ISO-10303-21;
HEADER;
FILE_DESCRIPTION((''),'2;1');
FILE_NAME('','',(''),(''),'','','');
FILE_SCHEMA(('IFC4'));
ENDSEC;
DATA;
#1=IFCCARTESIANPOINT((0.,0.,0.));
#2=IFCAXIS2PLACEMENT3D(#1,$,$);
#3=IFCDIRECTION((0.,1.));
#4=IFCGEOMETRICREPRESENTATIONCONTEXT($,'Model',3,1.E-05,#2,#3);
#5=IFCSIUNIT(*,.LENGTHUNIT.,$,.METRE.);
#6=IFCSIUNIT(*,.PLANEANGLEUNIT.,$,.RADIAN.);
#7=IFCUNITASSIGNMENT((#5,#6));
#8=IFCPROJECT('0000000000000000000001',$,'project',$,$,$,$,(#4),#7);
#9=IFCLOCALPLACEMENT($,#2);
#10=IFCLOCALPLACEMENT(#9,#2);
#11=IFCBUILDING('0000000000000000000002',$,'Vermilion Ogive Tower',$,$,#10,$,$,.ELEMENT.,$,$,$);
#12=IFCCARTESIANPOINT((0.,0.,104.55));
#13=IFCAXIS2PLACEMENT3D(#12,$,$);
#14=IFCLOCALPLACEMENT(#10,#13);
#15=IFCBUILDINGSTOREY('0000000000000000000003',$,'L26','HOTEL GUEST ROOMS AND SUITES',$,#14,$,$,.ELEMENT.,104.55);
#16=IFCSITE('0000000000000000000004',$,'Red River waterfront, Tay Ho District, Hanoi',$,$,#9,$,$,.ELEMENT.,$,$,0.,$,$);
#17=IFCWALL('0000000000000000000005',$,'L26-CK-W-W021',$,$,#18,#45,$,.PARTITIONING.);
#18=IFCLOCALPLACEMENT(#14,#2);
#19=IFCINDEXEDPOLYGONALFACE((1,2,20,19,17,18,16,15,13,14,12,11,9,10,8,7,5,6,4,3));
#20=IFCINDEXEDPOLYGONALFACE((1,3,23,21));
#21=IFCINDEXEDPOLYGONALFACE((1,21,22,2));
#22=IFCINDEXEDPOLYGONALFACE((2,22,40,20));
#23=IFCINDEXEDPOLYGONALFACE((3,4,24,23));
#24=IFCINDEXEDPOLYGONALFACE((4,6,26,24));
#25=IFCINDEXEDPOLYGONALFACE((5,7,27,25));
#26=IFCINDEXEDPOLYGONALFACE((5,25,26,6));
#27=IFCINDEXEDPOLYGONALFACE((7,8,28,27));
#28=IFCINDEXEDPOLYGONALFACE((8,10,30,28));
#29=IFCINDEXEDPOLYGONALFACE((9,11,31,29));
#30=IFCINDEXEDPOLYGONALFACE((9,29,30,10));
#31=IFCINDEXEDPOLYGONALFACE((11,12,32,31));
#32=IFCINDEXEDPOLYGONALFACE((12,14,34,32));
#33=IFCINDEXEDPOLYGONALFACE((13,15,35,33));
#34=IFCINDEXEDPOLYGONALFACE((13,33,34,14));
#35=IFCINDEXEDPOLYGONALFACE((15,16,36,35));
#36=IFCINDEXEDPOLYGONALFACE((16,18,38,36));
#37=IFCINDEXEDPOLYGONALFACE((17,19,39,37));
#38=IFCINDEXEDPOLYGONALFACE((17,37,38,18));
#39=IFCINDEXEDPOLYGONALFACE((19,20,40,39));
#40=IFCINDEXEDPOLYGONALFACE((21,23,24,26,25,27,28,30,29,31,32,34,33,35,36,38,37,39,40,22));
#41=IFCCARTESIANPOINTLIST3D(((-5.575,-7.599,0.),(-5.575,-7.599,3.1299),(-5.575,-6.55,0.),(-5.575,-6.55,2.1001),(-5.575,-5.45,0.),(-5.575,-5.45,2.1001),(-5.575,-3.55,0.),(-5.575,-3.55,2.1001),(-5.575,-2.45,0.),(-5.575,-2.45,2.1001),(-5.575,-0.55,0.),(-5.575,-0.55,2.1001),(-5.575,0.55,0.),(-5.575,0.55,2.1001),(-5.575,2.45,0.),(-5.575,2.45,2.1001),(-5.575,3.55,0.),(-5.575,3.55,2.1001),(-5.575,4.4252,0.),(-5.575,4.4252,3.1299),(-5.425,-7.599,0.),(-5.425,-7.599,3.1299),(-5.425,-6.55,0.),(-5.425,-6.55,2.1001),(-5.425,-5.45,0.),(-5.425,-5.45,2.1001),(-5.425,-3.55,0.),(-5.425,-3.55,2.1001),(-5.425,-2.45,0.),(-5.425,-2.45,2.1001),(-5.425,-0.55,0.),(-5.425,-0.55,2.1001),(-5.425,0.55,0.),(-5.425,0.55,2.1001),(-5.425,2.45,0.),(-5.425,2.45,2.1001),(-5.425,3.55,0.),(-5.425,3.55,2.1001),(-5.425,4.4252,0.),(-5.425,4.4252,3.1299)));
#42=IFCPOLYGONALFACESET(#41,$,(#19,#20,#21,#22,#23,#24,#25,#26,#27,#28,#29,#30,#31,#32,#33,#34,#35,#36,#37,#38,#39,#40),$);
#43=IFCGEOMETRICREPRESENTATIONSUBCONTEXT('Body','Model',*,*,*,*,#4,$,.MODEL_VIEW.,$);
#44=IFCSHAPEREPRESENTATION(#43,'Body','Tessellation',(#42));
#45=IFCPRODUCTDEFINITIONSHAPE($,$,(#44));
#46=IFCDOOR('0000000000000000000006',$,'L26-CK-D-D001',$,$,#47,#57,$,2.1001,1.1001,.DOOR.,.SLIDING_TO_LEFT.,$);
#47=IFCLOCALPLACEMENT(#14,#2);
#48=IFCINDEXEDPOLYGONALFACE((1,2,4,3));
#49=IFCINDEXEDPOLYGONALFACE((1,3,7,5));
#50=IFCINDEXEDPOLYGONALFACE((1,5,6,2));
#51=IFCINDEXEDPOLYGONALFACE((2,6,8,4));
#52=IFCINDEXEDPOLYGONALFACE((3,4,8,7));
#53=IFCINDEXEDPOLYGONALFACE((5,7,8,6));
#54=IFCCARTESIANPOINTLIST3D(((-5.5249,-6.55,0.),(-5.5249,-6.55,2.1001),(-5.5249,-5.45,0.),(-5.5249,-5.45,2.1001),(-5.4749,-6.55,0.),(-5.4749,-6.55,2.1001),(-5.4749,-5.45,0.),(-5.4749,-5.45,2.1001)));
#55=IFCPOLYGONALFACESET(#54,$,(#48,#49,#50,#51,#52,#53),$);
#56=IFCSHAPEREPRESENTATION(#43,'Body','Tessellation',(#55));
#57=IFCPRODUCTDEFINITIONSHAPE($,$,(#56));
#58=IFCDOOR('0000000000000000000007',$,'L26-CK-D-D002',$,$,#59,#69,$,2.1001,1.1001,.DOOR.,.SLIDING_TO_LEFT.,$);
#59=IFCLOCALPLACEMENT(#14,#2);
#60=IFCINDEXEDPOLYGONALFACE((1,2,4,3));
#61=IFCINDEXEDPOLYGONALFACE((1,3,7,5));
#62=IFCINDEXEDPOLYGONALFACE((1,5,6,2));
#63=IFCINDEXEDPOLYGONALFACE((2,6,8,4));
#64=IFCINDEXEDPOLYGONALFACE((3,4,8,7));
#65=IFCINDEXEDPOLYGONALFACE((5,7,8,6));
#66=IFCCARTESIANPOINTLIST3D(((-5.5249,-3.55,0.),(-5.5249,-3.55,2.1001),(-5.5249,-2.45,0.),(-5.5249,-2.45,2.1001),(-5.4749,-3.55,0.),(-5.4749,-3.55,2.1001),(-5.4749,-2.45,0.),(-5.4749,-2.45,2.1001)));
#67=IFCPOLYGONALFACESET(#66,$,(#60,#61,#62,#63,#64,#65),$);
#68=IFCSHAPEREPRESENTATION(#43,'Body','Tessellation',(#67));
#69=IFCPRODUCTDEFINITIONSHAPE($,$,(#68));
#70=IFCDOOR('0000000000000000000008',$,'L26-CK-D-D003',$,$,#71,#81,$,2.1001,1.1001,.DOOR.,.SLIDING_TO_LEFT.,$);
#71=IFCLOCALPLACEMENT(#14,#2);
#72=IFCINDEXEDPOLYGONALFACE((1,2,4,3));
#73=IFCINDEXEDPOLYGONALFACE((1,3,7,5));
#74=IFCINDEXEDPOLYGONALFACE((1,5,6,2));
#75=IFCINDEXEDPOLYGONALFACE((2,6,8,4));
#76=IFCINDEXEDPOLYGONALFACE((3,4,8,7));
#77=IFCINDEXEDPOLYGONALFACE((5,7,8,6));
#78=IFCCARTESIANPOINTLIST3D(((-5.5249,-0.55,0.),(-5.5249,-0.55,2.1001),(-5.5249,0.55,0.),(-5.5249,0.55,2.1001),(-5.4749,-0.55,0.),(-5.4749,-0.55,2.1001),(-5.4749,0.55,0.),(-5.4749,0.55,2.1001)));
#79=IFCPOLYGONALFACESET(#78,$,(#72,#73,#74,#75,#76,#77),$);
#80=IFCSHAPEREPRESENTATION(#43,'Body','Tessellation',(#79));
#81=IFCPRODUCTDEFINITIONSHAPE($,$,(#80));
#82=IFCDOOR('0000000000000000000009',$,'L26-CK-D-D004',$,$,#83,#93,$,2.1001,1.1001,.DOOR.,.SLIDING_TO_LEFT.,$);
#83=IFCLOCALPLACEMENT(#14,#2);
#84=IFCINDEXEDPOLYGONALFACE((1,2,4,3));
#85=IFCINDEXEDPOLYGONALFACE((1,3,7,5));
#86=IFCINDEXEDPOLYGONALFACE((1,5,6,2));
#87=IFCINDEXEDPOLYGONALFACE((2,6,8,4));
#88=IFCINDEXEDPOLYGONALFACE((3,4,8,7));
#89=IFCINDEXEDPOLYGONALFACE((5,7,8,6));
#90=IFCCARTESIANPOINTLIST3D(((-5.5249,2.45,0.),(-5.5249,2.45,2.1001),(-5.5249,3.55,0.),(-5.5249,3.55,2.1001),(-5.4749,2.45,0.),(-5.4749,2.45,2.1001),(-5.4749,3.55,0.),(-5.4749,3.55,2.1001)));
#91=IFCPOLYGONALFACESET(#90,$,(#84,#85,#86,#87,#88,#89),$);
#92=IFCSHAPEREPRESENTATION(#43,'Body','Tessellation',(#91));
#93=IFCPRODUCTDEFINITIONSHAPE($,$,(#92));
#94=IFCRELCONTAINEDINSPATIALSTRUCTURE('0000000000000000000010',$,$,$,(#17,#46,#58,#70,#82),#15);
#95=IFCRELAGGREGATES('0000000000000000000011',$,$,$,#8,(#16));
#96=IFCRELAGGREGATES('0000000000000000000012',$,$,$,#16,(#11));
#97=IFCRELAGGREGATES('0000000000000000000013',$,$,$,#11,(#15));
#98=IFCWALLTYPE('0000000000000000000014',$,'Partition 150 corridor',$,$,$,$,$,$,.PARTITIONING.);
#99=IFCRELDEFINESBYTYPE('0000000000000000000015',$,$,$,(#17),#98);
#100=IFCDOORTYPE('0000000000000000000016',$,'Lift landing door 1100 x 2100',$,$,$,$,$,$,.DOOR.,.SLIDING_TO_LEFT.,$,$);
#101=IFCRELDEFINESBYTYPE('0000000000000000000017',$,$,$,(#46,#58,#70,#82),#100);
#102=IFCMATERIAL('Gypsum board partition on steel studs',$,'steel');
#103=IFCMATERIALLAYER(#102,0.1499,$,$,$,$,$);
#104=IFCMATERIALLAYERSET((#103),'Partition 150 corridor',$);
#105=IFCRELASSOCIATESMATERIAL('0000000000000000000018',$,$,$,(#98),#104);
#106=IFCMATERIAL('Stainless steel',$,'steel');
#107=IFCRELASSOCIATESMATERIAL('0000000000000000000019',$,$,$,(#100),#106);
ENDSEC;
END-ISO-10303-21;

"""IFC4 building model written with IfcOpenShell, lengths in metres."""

from ifc_helpers import new_model, si_unit, direction, frame, frame_2d, origin, place, context, subcontext, project, spatial, rectangle, extrude, material, layer, layer_set, type_object, element, fill, save


model = new_model("IFC4")

# Units and contexts
model_context = context("Model", 3, precision=1e-05, world=origin(), true_north=direction((0.0, 1.0)))
body_context = subcontext(model_context, "Body", "Model", "MODEL_VIEW")
ifc_project = project(units=[si_unit("LENGTHUNIT", "METRE"), si_unit("PLANEANGLEUNIT", "RADIAN")], contexts=[model_context])

# Site, building, storey
site_placement = place(None, origin())
site = spatial("IfcSite", under=ifc_project, at=site_placement, Name="Red River waterfront, Tay Ho District, Hanoi", CompositionType="ELEMENT", RefElevation=0.0)
building_placement = place(site_placement, origin())
building = spatial("IfcBuilding", under=site, at=building_placement, Name="Vermilion Ogive Tower", CompositionType="ELEMENT")
storey_placement = place(building_placement, frame((0.0, 0.0, 104.55)))
storey = spatial("IfcBuildingStorey", under=building, at=storey_placement, Name="L26", Description="HOTEL GUEST ROOMS AND SUITES", CompositionType="ELEMENT", Elevation=104.55)

# Wall, openings, doors
ifc_material_1 = material(Name="Gypsum board partition on steel studs", Category="steel")
ifc_layer_1 = layer(ifc_material_1, 0.1499)
ifc_layer_set_1 = layer_set([ifc_layer_1], Name="Partition 150 corridor")
wall_type_1 = type_object("IfcWallType", Name="Partition 150 corridor", PredefinedType="PARTITIONING", material=ifc_layer_set_1)
wall_1_placement = place(storey_placement, frame((-5.5, -7.5991, 0.0), z_axis=(0.0, 0.0, 1.0), x_axis=(0.0, 1.0, 0.0)))
wall_1 = element("IfcWall", 1, at=wall_1_placement, inside=storey, type_object=wall_type_1, Name="L26-CK-W-W021", PredefinedType="PARTITIONING", context=body_context, shape_type="SweptSolid", body=[
    extrude(rectangle(XDim=12.0242, YDim=0.1499, at=frame_2d((6.0122, 0.0))), origin(), (0.0, 0.0, 1.0), 3.1299),
])
opening_1_placement = place(wall_1_placement, frame((1.0491, 0.0, 0.0)))
opening_1 = element("IfcOpeningElement", 2, at=opening_1_placement, cuts=wall_1, PredefinedType="OPENING", context=body_context, shape_type="SweptSolid", body=[
    extrude(rectangle(XDim=1.1001, YDim=2.1001, at=frame_2d((0.55, 1.05))), frame((0.0, 0.085, 0.0), z_axis=(0.0, -1.0, 0.0), x_axis=(1.0, 0.0, 0.0)), (0.0, 0.0, 1.0), 0.1699),
])
opening_2_placement = place(wall_1_placement, frame((4.0491, 0.0, 0.0)))
opening_2 = element("IfcOpeningElement", 3, at=opening_2_placement, cuts=wall_1, PredefinedType="OPENING", context=body_context, shape_type="SweptSolid", body=[
    extrude(rectangle(XDim=1.1001, YDim=2.1001, at=frame_2d((0.55, 1.05))), frame((0.0, 0.085, 0.0), z_axis=(0.0, -1.0, 0.0), x_axis=(1.0, 0.0, 0.0)), (0.0, 0.0, 1.0), 0.1699),
])
opening_3_placement = place(wall_1_placement, frame((7.0491, 0.0, 0.0)))
opening_3 = element("IfcOpeningElement", 4, at=opening_3_placement, cuts=wall_1, PredefinedType="OPENING", context=body_context, shape_type="SweptSolid", body=[
    extrude(rectangle(XDim=1.1001, YDim=2.1001, at=frame_2d((0.55, 1.05))), frame((0.0, 0.085, 0.0), z_axis=(0.0, -1.0, 0.0), x_axis=(1.0, 0.0, 0.0)), (0.0, 0.0, 1.0), 0.1699),
])
opening_4_placement = place(wall_1_placement, frame((10.0491, 0.0, 0.0)))
opening_4 = element("IfcOpeningElement", 5, at=opening_4_placement, cuts=wall_1, PredefinedType="OPENING", context=body_context, shape_type="SweptSolid", body=[
    extrude(rectangle(XDim=1.1001, YDim=2.1001, at=frame_2d((0.55, 1.05))), frame((0.0, 0.085, 0.0), z_axis=(0.0, -1.0, 0.0), x_axis=(1.0, 0.0, 0.0)), (0.0, 0.0, 1.0), 0.1699),
])
ifc_material_2 = material(Name="Stainless steel", Category="steel")
door_type_1 = type_object("IfcDoorType", Name="Lift landing door 1100 x 2100", OperationType="SLIDING_TO_LEFT", PredefinedType="DOOR", material=ifc_material_2)
door_1_placement = place(opening_1_placement, origin())
door_1 = element("IfcDoor", 6, at=door_1_placement, inside=storey, type_object=door_type_1, Name="L26-CK-D-D001", OperationType="SLIDING_TO_LEFT", OverallHeight=2.1001, OverallWidth=1.1001, PredefinedType="DOOR", context=body_context, shape_type="SweptSolid", body=[
    extrude(rectangle(XDim=1.1001, YDim=2.1001, at=frame_2d((0.55, 1.05))), frame((0.0, 0.0249, 0.0), z_axis=(0.0, -1.0, 0.0), x_axis=(1.0, 0.0, 0.0)), (0.0, 0.0, 1.0), 0.05),
])
fill(opening_1, door_1)
door_2_placement = place(opening_2_placement, origin())
door_2 = element("IfcDoor", 7, at=door_2_placement, inside=storey, type_object=door_type_1, Name="L26-CK-D-D002", OperationType="SLIDING_TO_LEFT", OverallHeight=2.1001, OverallWidth=1.1001, PredefinedType="DOOR", context=body_context, shape_type="SweptSolid", body=[
    extrude(rectangle(XDim=1.1001, YDim=2.1001, at=frame_2d((0.55, 1.05))), frame((0.0, 0.0249, 0.0), z_axis=(0.0, -1.0, 0.0), x_axis=(1.0, 0.0, 0.0)), (0.0, 0.0, 1.0), 0.05),
])
fill(opening_2, door_2)
door_3_placement = place(opening_3_placement, origin())
door_3 = element("IfcDoor", 8, at=door_3_placement, inside=storey, type_object=door_type_1, Name="L26-CK-D-D003", OperationType="SLIDING_TO_LEFT", OverallHeight=2.1001, OverallWidth=1.1001, PredefinedType="DOOR", context=body_context, shape_type="SweptSolid", body=[
    extrude(rectangle(XDim=1.1001, YDim=2.1001, at=frame_2d((0.55, 1.05))), frame((0.0, 0.0249, 0.0), z_axis=(0.0, -1.0, 0.0), x_axis=(1.0, 0.0, 0.0)), (0.0, 0.0, 1.0), 0.05),
])
fill(opening_3, door_3)
door_4_placement = place(opening_4_placement, origin())
door_4 = element("IfcDoor", 9, at=door_4_placement, inside=storey, type_object=door_type_1, Name="L26-CK-D-D004", OperationType="SLIDING_TO_LEFT", OverallHeight=2.1001, OverallWidth=1.1001, PredefinedType="DOOR", context=body_context, shape_type="SweptSolid", body=[
    extrude(rectangle(XDim=1.1001, YDim=2.1001, at=frame_2d((0.55, 1.05))), frame((0.0, 0.0249, 0.0), z_axis=(0.0, -1.0, 0.0), x_axis=(1.0, 0.0, 0.0)), (0.0, 0.0, 1.0), 0.05),
])
fill(opening_4, door_4)

save(model, "model.ifc")
